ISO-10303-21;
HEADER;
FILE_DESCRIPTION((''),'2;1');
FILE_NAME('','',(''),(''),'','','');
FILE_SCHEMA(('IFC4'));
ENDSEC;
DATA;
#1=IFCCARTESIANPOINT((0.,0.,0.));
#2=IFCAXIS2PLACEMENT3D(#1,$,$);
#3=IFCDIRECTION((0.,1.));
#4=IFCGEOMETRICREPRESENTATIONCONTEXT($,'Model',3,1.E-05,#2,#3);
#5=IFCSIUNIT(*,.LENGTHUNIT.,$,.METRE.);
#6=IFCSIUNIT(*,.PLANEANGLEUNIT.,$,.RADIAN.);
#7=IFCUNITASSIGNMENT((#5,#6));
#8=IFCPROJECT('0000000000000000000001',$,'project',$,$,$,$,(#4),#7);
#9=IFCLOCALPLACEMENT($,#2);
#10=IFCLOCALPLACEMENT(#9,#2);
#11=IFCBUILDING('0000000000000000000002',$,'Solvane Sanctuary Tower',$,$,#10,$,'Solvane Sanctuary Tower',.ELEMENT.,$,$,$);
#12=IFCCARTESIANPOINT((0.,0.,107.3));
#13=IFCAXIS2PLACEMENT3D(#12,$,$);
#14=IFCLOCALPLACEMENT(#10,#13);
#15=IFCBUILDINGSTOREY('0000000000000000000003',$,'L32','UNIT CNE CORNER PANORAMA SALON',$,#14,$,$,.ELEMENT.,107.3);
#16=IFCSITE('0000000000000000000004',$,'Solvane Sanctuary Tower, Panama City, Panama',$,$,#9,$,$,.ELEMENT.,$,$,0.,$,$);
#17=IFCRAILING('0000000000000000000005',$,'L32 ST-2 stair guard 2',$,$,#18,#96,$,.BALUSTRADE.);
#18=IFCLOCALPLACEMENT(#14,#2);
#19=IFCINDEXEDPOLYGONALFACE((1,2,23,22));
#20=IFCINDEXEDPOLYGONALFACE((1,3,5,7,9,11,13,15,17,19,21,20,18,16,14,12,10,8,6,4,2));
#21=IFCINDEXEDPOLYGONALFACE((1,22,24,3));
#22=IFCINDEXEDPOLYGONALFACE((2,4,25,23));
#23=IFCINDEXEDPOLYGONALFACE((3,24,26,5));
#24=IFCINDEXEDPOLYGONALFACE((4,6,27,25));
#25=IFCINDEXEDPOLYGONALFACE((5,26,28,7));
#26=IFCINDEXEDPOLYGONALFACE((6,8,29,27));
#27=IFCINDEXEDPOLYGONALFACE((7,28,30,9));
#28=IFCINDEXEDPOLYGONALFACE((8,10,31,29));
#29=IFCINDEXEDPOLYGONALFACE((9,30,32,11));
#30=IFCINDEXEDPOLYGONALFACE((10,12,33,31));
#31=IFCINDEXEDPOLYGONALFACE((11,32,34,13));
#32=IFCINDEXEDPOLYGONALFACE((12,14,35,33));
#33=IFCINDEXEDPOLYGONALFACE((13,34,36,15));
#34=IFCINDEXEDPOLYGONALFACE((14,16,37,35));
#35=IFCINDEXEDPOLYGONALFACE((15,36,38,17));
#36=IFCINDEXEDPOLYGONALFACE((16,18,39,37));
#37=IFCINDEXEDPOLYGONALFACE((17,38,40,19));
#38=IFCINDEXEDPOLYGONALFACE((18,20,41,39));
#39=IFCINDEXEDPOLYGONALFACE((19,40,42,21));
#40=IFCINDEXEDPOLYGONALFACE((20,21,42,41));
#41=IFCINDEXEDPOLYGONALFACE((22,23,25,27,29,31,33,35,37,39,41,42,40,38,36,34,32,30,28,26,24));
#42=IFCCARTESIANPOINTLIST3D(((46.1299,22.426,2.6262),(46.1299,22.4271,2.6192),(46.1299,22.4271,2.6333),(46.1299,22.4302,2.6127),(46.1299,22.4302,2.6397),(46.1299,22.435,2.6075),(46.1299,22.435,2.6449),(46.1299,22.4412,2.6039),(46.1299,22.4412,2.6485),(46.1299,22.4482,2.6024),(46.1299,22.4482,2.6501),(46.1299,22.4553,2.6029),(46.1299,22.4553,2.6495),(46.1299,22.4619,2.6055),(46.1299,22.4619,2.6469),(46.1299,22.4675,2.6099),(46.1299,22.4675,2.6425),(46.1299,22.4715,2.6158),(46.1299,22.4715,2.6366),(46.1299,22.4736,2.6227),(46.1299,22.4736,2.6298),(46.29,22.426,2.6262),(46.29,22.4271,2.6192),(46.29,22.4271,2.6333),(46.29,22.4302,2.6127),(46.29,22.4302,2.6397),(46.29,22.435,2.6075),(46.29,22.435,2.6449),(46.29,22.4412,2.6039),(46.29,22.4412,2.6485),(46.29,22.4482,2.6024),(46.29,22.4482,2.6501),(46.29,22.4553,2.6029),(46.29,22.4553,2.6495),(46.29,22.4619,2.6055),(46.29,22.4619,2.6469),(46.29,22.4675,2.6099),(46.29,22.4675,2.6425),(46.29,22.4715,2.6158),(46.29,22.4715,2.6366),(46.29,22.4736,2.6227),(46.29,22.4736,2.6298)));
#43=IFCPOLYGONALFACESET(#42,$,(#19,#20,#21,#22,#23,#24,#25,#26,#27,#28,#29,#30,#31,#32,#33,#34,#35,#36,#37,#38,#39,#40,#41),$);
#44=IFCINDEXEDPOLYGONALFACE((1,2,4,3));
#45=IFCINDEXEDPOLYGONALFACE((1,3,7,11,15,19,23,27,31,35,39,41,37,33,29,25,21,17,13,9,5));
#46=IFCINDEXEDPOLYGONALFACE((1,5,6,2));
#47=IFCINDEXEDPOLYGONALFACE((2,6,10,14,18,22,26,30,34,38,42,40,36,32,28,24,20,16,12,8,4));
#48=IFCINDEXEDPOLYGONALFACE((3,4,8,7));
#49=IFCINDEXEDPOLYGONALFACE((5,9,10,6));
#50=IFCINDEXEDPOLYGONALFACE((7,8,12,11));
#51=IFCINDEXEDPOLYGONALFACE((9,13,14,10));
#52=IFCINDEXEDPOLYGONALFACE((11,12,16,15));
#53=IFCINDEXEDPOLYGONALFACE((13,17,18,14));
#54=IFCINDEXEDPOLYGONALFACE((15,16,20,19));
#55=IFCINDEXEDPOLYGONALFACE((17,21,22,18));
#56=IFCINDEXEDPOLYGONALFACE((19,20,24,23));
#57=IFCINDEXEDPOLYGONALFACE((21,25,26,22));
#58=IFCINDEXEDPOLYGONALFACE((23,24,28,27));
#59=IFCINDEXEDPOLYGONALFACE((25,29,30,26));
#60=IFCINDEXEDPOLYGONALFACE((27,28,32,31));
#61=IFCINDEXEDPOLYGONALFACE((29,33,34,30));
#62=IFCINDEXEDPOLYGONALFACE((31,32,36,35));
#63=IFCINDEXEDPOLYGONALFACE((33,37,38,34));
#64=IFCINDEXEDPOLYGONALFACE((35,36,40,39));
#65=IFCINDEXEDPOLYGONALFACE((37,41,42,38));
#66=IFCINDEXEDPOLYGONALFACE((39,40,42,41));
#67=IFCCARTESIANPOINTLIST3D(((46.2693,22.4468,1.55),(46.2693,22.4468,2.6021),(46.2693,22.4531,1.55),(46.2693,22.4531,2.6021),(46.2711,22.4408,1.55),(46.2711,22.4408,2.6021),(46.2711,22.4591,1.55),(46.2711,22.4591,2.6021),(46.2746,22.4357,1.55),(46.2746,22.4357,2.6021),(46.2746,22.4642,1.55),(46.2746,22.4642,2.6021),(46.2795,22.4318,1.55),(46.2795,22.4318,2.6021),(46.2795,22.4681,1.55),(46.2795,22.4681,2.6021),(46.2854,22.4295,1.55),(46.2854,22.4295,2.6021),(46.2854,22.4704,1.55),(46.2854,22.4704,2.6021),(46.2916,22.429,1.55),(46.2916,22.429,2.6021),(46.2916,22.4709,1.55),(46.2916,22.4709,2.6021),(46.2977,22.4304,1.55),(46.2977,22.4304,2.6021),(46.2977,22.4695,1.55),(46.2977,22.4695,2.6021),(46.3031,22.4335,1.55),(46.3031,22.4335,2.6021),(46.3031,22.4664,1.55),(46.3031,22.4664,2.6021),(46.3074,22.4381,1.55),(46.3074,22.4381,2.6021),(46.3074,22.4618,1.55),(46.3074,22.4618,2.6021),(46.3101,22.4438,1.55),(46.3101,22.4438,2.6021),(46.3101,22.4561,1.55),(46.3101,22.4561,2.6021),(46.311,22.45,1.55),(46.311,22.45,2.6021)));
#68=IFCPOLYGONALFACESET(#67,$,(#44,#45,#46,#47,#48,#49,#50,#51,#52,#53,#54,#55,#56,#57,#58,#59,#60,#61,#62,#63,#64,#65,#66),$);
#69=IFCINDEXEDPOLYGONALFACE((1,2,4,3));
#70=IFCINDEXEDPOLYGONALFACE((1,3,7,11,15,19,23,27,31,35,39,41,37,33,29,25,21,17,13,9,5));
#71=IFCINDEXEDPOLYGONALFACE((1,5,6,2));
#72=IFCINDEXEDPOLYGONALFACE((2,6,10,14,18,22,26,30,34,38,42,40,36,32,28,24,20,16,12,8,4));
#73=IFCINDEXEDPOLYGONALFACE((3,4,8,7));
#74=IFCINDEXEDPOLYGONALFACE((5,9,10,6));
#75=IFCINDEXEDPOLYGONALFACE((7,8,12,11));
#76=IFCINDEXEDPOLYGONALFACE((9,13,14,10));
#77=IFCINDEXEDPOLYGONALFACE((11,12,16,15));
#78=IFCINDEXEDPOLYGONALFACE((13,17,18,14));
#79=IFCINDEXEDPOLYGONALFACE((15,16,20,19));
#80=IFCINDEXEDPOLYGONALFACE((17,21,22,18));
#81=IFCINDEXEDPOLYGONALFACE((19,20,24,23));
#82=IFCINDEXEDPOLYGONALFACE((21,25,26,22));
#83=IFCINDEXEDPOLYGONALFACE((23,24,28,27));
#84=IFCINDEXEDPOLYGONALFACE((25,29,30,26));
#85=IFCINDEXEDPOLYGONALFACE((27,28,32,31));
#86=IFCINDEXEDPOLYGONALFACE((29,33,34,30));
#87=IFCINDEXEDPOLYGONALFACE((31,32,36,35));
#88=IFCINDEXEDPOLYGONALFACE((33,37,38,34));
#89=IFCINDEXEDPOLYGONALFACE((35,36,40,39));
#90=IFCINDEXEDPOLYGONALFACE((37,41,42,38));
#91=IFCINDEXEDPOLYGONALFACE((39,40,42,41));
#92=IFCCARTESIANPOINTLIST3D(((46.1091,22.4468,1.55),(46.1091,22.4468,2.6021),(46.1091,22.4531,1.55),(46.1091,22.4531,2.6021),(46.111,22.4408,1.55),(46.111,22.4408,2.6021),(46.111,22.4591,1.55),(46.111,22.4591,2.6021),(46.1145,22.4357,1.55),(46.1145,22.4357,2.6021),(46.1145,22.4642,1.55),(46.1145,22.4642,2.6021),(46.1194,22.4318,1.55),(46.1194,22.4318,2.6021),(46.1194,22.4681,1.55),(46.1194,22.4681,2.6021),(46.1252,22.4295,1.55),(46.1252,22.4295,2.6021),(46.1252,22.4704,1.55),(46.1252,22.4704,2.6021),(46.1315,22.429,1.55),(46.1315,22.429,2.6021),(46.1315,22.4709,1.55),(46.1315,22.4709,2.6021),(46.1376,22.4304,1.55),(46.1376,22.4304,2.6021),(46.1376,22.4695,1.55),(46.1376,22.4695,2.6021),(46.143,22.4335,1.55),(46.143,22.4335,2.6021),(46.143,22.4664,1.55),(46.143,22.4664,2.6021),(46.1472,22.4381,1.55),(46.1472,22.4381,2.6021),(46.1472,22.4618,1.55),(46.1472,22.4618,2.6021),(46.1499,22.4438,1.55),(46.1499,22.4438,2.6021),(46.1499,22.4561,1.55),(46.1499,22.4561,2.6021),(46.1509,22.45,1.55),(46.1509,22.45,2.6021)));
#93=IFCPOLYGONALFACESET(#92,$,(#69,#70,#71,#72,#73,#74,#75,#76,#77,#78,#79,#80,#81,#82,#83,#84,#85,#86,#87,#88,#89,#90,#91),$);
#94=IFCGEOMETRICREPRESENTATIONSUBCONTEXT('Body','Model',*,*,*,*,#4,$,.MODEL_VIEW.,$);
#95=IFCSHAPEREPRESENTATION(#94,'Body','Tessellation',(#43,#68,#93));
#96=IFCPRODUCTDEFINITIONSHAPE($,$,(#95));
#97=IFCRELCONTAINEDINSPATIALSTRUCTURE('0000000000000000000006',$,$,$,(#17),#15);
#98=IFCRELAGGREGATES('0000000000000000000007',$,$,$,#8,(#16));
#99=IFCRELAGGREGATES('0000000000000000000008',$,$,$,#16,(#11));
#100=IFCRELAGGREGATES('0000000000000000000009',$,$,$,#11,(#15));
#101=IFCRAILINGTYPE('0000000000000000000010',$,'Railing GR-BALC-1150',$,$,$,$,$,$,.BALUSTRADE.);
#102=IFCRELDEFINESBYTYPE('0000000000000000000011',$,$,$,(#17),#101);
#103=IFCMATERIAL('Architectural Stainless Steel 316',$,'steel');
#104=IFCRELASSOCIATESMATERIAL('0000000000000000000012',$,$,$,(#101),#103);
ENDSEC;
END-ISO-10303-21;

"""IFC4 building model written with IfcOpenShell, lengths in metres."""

from ifc_helpers import new_model, si_unit, direction, frame, origin, origin_2d, place, context, subcontext, project, spatial, circle, extrude, material, type_object, element, save


model = new_model("IFC4")

# Units and contexts
model_context = context("Model", 3, precision=1e-05, world=origin(), true_north=direction((0.0, 1.0)))
body_context = subcontext(model_context, "Body", "Model", "MODEL_VIEW")
ifc_project = project(units=[si_unit("LENGTHUNIT", "METRE"), si_unit("PLANEANGLEUNIT", "RADIAN")], contexts=[model_context])

# Site, building, storey
site_placement = place(None, origin())
site = spatial("IfcSite", under=ifc_project, at=site_placement, Name="Solvane Sanctuary Tower, Panama City, Panama", CompositionType="ELEMENT", RefElevation=0.0)
building_placement = place(site_placement, origin())
building = spatial("IfcBuilding", under=site, at=building_placement, Name="Solvane Sanctuary Tower", LongName="Solvane Sanctuary Tower", CompositionType="ELEMENT")
storey_placement = place(building_placement, frame((0.0, 0.0, 107.3)))
storey = spatial("IfcBuildingStorey", under=building, at=storey_placement, Name="L32", Description="UNIT CNE CORNER PANORAMA SALON", CompositionType="ELEMENT", Elevation=107.3)

# Shared definitions
ifc_material_1 = material(Name="Architectural Stainless Steel 316", Category="steel")

# Railing
railing_type_1 = type_object("IfcRailingType", Name="Railing GR-BALC-1150", PredefinedType="BALUSTRADE", material=ifc_material_1)
railing_1_placement = place(storey_placement, frame((46.29, 22.45, 1.55)))
element("IfcRailing", 1, at=railing_1_placement, inside=storey, type_object=railing_type_1, Name="L32 ST-2 stair guard 2", PredefinedType="BALUSTRADE", context=body_context, shape_type="SweptSolid", body=[
    extrude(circle(Radius=0.0239, at=origin_2d()), frame((0.0, 0.0, 1.0762), z_axis=(-1.0, 0.0, 0.0), x_axis=(0.0, -1.0, 0.0)), (0.0, 0.0, 1.0), 0.1602),
    extrude(circle(Radius=0.021, at=origin_2d()), origin(), (0.0, 0.0, 1.0), 1.052),
    extrude(circle(Radius=0.021, at=origin_2d()), frame((-0.1602, 0.0, 0.0)), (0.0, 0.0, 1.0), 1.052),
])

save(model, "model.ifc")
